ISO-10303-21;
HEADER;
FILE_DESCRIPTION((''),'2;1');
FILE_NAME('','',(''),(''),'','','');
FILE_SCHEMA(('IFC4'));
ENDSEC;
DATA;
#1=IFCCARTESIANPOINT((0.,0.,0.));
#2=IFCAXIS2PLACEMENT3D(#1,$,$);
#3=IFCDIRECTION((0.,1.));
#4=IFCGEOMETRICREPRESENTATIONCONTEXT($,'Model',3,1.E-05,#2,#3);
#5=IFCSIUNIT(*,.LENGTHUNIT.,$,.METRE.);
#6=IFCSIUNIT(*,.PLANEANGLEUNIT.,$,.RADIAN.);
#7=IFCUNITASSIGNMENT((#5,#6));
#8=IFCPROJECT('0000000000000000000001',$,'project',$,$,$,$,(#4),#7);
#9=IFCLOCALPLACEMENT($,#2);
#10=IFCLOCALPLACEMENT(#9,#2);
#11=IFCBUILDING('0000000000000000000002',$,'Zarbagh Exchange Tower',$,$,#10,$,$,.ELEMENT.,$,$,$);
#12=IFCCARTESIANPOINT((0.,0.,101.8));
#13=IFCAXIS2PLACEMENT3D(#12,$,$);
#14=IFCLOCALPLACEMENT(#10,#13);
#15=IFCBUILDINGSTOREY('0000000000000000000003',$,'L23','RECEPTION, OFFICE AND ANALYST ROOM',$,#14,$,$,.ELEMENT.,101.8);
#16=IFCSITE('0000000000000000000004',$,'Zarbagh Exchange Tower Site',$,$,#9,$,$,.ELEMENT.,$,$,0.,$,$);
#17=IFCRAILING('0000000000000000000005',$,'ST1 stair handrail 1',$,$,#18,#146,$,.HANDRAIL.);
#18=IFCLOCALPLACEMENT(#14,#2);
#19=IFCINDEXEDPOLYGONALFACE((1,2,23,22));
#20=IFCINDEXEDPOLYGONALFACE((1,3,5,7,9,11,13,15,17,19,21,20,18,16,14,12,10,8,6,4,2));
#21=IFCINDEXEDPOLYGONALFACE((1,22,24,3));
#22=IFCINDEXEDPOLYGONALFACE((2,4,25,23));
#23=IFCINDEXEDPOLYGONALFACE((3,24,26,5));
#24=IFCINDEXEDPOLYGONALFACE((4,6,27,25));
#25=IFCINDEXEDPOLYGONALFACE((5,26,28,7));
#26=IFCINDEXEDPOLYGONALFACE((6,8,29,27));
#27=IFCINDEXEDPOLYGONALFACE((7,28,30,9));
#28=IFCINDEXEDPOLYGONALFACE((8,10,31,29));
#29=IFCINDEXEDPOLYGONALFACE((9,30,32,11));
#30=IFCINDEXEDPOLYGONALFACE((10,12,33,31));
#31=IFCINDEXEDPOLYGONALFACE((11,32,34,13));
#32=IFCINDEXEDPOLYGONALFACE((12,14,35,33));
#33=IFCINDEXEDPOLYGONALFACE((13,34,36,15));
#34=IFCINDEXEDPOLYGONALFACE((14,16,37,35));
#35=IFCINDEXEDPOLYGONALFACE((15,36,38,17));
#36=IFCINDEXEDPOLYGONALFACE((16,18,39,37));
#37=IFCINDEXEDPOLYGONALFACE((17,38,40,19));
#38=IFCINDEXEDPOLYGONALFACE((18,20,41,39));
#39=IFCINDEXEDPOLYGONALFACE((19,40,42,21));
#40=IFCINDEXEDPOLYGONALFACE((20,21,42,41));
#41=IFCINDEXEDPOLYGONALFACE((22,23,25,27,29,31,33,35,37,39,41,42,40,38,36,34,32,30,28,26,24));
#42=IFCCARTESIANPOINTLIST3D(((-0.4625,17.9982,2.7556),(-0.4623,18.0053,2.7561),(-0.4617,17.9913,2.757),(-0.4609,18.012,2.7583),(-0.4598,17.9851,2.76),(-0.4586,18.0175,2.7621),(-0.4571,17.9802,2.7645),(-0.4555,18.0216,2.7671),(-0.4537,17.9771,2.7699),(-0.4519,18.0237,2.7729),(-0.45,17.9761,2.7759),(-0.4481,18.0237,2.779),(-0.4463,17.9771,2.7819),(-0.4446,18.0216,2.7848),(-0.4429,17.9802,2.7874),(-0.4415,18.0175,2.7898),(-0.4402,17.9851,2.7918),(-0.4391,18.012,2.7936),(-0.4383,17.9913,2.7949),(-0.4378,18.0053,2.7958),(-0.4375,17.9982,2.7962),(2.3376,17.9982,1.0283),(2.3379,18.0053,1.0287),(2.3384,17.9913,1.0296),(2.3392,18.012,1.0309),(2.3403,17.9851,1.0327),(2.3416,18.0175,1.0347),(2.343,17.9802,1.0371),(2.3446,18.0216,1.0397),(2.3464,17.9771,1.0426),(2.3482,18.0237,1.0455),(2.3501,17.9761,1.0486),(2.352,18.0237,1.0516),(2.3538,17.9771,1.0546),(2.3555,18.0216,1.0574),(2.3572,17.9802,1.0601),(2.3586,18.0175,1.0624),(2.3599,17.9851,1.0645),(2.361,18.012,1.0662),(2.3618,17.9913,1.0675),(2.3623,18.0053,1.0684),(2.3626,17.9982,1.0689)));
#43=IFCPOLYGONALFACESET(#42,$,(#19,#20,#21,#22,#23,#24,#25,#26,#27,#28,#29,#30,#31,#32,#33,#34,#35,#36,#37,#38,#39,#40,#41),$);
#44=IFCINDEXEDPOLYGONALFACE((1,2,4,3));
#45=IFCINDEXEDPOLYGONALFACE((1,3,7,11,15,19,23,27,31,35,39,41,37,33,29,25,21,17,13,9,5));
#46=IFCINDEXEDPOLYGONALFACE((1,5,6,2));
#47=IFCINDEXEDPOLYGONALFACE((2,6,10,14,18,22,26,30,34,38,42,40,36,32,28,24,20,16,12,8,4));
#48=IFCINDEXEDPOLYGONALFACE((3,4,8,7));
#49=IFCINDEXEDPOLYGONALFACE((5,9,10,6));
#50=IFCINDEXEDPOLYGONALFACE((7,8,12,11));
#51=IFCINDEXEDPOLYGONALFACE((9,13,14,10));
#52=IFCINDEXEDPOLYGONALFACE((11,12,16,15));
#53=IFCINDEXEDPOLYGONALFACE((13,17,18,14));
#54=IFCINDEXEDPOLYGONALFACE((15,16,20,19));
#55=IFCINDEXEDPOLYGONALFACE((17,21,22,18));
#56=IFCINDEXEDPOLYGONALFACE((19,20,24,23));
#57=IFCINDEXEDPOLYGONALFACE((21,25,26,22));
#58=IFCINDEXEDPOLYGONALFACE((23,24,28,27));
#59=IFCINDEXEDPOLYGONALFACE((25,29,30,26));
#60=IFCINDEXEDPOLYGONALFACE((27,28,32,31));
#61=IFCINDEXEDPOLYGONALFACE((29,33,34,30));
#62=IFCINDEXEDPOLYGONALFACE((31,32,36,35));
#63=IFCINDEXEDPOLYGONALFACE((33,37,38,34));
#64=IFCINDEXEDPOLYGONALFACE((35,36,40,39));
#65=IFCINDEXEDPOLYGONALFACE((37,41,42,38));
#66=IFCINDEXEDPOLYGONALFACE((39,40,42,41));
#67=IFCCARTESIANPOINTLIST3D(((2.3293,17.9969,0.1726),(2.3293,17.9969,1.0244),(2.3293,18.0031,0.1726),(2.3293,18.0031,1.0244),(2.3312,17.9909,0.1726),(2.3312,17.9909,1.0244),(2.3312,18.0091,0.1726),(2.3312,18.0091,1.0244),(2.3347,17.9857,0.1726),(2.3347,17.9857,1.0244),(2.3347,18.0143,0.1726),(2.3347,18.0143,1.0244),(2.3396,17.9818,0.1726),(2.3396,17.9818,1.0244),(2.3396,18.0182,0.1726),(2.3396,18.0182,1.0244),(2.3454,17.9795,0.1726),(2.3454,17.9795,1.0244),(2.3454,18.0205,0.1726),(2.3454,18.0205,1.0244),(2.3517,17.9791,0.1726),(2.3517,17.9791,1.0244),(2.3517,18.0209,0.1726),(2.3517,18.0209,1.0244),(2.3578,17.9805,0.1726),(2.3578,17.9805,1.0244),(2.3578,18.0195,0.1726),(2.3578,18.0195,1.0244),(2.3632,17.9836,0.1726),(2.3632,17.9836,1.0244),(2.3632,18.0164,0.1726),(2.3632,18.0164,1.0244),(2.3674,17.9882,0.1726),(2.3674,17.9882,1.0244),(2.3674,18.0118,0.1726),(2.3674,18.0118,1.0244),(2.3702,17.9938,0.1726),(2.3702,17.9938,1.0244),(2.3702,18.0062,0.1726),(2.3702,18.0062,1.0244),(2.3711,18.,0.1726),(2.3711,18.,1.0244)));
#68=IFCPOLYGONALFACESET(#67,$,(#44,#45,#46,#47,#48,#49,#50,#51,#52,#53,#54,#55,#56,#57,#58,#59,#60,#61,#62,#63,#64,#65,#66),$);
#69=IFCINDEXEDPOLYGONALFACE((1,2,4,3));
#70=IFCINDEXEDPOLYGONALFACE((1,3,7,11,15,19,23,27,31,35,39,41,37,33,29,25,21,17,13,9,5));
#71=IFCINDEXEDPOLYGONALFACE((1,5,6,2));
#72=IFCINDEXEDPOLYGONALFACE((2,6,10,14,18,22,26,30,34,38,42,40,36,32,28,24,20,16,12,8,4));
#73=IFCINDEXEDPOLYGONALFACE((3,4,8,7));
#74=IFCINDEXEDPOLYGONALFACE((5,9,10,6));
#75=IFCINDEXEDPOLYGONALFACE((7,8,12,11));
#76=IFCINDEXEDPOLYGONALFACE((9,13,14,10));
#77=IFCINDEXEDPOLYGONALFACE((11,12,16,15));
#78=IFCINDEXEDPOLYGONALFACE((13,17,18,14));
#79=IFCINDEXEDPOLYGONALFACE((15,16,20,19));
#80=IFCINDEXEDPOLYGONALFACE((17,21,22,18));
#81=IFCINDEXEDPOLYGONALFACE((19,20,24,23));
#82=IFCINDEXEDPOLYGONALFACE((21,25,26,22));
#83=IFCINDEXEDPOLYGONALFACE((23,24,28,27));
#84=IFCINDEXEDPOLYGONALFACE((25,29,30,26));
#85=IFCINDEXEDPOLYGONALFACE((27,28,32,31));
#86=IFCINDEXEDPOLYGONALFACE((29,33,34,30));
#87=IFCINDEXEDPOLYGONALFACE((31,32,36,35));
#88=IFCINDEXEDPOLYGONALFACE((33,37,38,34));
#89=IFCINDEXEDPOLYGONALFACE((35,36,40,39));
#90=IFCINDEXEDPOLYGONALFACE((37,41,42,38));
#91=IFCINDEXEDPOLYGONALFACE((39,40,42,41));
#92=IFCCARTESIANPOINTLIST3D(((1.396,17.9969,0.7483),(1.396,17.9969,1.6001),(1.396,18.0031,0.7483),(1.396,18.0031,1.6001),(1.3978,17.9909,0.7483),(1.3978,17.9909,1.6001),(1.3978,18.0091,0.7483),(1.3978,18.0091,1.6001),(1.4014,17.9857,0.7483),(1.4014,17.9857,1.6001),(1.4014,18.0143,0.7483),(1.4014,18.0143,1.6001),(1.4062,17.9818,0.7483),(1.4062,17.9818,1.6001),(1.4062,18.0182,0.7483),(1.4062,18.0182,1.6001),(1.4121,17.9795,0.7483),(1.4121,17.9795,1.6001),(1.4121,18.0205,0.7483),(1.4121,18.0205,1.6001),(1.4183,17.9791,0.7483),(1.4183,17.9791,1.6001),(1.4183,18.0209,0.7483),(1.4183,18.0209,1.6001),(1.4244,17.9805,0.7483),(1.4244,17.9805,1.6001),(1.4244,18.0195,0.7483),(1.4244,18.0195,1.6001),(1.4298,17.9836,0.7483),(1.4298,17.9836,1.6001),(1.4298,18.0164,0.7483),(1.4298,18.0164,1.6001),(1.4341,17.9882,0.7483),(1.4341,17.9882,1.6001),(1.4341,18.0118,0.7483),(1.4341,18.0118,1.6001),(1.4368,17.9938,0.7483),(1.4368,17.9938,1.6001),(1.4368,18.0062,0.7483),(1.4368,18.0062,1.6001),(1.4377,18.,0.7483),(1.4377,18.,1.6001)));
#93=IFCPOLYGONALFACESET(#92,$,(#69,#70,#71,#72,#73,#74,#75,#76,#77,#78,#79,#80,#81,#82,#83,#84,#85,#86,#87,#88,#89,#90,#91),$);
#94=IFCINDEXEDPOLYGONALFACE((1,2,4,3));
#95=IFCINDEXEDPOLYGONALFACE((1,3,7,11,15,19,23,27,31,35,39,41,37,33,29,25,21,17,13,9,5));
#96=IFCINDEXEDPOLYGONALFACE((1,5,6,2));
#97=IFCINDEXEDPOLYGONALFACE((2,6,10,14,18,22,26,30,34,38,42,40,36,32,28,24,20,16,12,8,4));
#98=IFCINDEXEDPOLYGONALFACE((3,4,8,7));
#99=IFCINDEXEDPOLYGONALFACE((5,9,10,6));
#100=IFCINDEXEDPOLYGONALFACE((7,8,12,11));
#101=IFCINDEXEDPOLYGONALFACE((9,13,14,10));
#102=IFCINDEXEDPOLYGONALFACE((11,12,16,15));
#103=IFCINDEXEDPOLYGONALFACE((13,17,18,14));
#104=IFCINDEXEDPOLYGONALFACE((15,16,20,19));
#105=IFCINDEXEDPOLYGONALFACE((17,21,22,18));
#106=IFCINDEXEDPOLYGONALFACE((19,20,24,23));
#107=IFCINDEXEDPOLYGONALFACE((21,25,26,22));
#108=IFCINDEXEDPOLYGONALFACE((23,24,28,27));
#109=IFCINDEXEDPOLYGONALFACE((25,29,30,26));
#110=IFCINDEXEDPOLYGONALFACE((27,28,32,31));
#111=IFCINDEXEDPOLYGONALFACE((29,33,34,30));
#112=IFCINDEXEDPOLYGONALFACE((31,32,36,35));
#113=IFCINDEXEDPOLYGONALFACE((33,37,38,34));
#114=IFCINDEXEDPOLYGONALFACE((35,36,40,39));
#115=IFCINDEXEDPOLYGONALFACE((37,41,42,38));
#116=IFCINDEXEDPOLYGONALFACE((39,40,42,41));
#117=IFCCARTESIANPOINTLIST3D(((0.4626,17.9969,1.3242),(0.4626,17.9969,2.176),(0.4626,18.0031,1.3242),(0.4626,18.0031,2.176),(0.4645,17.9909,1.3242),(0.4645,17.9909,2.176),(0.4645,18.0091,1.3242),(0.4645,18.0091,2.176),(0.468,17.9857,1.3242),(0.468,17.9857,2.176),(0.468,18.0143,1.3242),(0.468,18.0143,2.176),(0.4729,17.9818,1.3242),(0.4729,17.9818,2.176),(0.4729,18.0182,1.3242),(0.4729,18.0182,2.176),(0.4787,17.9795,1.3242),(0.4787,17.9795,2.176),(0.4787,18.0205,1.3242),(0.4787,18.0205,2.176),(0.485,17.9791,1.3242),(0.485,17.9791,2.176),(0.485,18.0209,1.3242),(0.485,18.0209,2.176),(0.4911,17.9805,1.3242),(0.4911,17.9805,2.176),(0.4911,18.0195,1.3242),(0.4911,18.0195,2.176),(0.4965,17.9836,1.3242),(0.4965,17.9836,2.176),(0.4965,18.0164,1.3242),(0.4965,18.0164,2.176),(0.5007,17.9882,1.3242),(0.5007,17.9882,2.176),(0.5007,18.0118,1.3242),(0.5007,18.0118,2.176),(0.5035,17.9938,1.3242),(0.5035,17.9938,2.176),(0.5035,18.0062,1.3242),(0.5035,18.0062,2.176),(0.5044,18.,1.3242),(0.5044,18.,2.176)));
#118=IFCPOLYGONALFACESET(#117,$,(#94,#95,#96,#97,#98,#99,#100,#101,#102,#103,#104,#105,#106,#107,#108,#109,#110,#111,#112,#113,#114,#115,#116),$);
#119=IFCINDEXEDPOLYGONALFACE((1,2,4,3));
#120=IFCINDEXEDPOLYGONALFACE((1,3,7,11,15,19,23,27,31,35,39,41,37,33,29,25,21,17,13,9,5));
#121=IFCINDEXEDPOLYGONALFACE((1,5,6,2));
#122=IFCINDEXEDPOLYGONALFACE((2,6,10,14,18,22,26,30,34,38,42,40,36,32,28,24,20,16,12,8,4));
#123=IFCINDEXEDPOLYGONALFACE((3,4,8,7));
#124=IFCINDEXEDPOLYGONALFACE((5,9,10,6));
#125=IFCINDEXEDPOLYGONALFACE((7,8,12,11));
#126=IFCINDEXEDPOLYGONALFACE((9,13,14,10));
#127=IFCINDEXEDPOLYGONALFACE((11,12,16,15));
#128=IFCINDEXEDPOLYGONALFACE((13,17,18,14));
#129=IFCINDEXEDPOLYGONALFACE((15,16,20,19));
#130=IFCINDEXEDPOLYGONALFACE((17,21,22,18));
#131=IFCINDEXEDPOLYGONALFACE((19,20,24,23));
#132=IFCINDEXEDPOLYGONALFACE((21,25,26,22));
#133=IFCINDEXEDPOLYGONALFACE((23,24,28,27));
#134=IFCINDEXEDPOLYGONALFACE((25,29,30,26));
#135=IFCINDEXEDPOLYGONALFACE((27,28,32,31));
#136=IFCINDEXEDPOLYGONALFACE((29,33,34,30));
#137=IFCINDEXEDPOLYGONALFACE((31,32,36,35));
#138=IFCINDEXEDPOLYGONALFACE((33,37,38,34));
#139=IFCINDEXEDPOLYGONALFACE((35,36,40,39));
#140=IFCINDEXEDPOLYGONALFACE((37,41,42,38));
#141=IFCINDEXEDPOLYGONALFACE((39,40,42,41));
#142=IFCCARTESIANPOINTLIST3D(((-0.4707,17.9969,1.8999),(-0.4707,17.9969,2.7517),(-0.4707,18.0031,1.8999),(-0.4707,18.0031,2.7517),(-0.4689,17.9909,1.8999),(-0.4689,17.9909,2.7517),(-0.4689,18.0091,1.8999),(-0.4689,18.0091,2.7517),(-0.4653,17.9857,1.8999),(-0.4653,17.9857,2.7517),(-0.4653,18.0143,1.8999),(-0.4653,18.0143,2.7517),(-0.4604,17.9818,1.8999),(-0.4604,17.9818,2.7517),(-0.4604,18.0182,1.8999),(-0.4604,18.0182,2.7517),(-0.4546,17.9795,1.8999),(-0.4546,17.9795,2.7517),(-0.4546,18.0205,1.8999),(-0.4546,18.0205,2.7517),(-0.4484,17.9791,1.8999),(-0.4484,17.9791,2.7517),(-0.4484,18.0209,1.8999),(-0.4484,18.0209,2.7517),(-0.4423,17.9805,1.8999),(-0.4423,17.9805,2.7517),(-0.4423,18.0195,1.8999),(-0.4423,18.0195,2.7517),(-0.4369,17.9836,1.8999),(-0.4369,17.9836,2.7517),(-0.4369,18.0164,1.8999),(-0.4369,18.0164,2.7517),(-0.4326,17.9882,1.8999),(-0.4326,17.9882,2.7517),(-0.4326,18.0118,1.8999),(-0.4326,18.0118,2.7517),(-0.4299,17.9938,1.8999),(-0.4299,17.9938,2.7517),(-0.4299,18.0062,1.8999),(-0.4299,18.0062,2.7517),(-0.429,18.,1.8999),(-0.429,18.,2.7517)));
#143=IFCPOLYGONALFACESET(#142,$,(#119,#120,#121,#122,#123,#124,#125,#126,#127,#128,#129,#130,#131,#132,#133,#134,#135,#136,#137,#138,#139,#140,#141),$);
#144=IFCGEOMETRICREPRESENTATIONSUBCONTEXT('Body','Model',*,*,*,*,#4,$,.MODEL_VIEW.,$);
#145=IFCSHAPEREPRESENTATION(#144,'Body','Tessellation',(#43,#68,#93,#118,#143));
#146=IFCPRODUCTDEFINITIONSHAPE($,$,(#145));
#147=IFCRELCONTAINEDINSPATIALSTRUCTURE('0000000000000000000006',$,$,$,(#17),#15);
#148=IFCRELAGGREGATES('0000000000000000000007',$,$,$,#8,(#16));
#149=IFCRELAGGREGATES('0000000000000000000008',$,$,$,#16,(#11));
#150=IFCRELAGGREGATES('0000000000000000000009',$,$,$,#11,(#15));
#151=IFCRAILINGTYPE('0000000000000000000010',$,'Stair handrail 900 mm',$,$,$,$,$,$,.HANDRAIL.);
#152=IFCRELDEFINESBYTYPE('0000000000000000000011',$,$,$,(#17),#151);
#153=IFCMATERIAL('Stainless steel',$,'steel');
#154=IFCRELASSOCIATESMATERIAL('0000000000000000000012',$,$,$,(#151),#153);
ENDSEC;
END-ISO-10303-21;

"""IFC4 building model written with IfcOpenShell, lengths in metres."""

from ifc_helpers import new_model, si_unit, direction, frame, origin, origin_2d, place, context, subcontext, project, spatial, circle, extrude, material, type_object, element, save


model = new_model("IFC4")

# Units and contexts
model_context = context("Model", 3, precision=1e-05, world=origin(), true_north=direction((0.0, 1.0)))
body_context = subcontext(model_context, "Body", "Model", "MODEL_VIEW")
ifc_project = project(units=[si_unit("LENGTHUNIT", "METRE"), si_unit("PLANEANGLEUNIT", "RADIAN")], contexts=[model_context])

# Site, building, storey
site_placement = place(None, origin())
site = spatial("IfcSite", under=ifc_project, at=site_placement, Name="Zarbagh Exchange Tower Site", CompositionType="ELEMENT", RefElevation=0.0)
building_placement = place(site_placement, origin())
building = spatial("IfcBuilding", under=site, at=building_placement, Name="Zarbagh Exchange Tower", CompositionType="ELEMENT")
storey_placement = place(building_placement, frame((0.0, 0.0, 101.8)))
storey = spatial("IfcBuildingStorey", under=building, at=storey_placement, Name="L23", Description="RECEPTION, OFFICE AND ANALYST ROOM", CompositionType="ELEMENT", Elevation=101.8)

# Shared definitions
ifc_material_1 = material(Name="Stainless steel", Category="steel")

# Railing
railing_type = type_object("IfcRailingType", Name="Stair handrail 900 mm", PredefinedType="HANDRAIL", material=ifc_material_1)
for number, where, name in (
    (1, (2.3501, 18.0, 0.1726), "ST1 stair handrail 1"),
):
    element("IfcRailing", number, at=place(storey_placement, frame(where)), inside=storey, type_object=railing_type, Name=name, PredefinedType="HANDRAIL", context=body_context, shape_type="SweptSolid", body=[
        extrude(circle(Radius=0.0239, at=origin_2d()), frame((0.0, 0.0, 0.876), z_axis=(-0.85109, 0.0, 0.52502), x_axis=(0.0, -1.0, 0.0)), (0.0, 0.0, 1.0), 3.29),
        extrude(circle(Radius=0.021, at=origin_2d()), origin(), (0.0, 0.0, 1.0), 0.8518),
        extrude(circle(Radius=0.021, at=origin_2d()), frame((-0.9333, 0.0, 0.5757)), (0.0, 0.0, 1.0), 0.8518),
        extrude(circle(Radius=0.021, at=origin_2d()), frame((-1.8667, 0.0, 1.1516)), (0.0, 0.0, 1.0), 0.8518),
        extrude(circle(Radius=0.021, at=origin_2d()), frame((-2.8, 0.0, 1.7273)), (0.0, 0.0, 1.0), 0.8518),
    ])

save(model, "model.ifc")
